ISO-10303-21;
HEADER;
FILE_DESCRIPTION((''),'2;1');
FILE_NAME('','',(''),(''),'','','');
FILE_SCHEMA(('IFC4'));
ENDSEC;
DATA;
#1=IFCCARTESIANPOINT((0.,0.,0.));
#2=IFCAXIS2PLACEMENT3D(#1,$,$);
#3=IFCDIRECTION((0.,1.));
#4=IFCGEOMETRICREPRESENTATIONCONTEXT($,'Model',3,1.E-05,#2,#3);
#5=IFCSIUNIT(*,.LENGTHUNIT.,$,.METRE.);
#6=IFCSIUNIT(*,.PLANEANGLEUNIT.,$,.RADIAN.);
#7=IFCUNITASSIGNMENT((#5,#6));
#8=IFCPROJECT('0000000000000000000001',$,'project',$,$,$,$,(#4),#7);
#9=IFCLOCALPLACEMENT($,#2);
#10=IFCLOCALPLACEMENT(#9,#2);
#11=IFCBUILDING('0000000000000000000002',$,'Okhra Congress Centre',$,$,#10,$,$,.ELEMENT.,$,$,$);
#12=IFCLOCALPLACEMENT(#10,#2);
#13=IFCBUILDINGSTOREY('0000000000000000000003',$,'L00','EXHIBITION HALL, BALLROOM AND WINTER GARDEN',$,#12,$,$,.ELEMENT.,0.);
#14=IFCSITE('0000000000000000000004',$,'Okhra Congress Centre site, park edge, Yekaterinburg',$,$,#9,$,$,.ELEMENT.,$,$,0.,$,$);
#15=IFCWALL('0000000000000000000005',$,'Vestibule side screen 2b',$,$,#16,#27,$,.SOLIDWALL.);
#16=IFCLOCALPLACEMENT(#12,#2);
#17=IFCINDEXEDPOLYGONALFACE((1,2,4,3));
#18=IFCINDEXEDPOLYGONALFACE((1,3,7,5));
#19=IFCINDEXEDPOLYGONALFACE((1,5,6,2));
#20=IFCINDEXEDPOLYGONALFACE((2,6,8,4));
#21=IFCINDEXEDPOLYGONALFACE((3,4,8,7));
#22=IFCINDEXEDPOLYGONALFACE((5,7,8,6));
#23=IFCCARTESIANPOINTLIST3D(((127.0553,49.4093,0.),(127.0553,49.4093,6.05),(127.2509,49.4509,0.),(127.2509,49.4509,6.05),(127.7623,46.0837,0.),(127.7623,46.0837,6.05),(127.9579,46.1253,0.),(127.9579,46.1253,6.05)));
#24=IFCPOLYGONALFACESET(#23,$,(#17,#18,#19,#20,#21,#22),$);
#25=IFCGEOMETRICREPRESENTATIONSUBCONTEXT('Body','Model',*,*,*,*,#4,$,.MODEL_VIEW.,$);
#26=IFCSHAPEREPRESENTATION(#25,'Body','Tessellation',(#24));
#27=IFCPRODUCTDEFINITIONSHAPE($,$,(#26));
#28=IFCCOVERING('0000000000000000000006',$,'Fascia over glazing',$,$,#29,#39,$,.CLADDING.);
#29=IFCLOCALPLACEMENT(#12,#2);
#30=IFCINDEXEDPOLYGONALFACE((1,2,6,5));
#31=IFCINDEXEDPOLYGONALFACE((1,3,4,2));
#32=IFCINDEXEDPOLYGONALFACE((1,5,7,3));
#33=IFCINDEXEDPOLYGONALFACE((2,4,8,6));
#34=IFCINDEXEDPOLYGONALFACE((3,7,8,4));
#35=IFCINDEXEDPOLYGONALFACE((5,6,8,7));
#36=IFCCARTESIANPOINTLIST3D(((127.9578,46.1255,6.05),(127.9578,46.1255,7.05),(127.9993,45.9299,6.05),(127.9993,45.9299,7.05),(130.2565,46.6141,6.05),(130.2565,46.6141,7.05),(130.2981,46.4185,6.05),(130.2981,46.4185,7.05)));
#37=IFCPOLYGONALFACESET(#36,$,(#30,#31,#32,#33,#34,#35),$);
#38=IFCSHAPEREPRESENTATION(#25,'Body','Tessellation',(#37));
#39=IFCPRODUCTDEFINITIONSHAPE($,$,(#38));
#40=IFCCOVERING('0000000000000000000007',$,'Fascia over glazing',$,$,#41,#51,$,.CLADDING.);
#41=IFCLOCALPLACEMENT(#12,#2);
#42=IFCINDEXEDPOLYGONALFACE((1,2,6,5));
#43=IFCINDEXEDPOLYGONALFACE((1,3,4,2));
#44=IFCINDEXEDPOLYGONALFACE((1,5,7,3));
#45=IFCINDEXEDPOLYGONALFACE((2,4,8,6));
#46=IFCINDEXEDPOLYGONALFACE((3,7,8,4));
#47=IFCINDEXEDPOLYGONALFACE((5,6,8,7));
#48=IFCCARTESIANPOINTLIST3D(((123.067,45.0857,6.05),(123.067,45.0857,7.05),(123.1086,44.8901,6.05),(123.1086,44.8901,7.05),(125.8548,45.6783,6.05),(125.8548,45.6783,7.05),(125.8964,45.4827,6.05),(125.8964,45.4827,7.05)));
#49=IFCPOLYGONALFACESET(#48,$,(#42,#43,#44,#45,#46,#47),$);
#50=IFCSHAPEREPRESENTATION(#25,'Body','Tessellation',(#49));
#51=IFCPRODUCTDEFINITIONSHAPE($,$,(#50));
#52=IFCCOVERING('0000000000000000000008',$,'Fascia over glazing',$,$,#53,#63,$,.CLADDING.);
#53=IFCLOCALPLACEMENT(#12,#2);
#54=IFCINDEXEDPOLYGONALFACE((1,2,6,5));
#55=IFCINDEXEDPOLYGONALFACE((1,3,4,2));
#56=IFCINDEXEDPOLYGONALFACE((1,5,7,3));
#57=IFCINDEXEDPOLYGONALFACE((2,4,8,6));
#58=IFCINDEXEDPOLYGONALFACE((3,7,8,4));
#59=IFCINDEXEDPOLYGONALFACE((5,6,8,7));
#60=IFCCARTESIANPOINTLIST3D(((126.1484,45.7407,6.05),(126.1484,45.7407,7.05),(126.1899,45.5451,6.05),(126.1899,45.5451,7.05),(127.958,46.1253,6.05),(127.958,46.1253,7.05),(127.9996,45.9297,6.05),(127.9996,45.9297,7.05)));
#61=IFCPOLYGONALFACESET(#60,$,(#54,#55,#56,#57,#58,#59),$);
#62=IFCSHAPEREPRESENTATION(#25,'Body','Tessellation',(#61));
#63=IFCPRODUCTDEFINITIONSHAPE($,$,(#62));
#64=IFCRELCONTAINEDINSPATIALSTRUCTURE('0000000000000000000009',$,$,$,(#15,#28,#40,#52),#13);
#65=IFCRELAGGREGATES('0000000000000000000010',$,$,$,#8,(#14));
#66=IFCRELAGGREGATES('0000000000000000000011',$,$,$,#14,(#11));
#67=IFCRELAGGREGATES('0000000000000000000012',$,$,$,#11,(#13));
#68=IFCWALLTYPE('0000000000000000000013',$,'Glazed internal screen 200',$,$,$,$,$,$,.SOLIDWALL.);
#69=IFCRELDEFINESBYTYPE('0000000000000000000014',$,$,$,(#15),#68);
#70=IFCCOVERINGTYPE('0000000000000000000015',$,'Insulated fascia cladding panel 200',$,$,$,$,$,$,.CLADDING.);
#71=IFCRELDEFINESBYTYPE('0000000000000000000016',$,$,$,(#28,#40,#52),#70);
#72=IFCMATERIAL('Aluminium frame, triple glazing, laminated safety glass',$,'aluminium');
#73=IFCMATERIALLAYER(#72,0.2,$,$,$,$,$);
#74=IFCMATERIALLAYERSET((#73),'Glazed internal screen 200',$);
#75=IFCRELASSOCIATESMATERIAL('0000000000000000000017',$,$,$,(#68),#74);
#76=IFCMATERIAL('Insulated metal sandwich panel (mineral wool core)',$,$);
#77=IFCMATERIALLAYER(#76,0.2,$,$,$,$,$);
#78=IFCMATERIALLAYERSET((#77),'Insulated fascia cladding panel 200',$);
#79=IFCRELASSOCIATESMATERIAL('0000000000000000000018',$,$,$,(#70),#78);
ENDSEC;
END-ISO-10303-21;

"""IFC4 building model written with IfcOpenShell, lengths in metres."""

from ifc_helpers import new_model, si_unit, direction, frame, frame_2d, origin, origin_2d, place, context, subcontext, project, spatial, rectangle, extrude, material, layer, layer_set, type_object, element, save


model = new_model("IFC4")

# Units and contexts
model_context = context("Model", 3, precision=1e-05, world=origin(), true_north=direction((0.0, 1.0)))
body_context = subcontext(model_context, "Body", "Model", "MODEL_VIEW")
ifc_project = project(units=[si_unit("LENGTHUNIT", "METRE"), si_unit("PLANEANGLEUNIT", "RADIAN")], contexts=[model_context])

# Site, building, storey
site_placement = place(None, origin())
site = spatial("IfcSite", under=ifc_project, at=site_placement, Name="Okhra Congress Centre site, park edge, Yekaterinburg", CompositionType="ELEMENT", RefElevation=0.0)
building_placement = place(site_placement, origin())
building = spatial("IfcBuilding", under=site, at=building_placement, Name="Okhra Congress Centre", CompositionType="ELEMENT")
storey_placement = place(building_placement, origin())
storey = spatial("IfcBuildingStorey", under=building, at=storey_placement, Name="L00", Description="EXHIBITION HALL, BALLROOM AND WINTER GARDEN", CompositionType="ELEMENT", Elevation=0.0)

# Wall
ifc_material_1 = material(Name="Aluminium frame, triple glazing, laminated safety glass", Category="aluminium")
ifc_layer_1 = layer(ifc_material_1, 0.2)
ifc_layer_set_1 = layer_set([ifc_layer_1], Name="Glazed internal screen 200")
wall_type = type_object("IfcWallType", Name="Glazed internal screen 200", PredefinedType="SOLIDWALL", material=ifc_layer_set_1)
wall_placement = place(storey_placement, frame((127.8601, 46.1045, 0.0), z_axis=(0.0, 0.0, 1.0), x_axis=(-0.20795, 0.97814, 0.0)))
element("IfcWall", 1, at=wall_placement, inside=storey, type_object=wall_type, Name="Vestibule side screen 2b", PredefinedType="SOLIDWALL", context=body_context, shape_type="SweptSolid", body=[
    extrude(rectangle(XDim=3.3999, YDim=0.2, at=frame_2d((1.7, 0.0))), origin(), (0.0, 0.0, 1.0), 6.05),
])

# Coverings
ifc_material_2 = material(Name="Insulated metal sandwich panel (mineral wool core)")
ifc_layer_2 = layer(ifc_material_2, 0.2)
ifc_layer_set_2 = layer_set([ifc_layer_2], Name="Insulated fascia cladding panel 200")
covering_type = type_object("IfcCoveringType", Name="Insulated fascia cladding panel 200", PredefinedType="CLADDING", material=ifc_layer_set_2)
covering_1_placement = place(storey_placement, frame((129.1279, 46.272, 6.05), z_axis=(0.0, 0.0, 1.0), x_axis=(0.978148, 0.207912, 0.0)))
element("IfcCovering", 2, at=covering_1_placement, inside=storey, type_object=covering_type, Name="Fascia over glazing", PredefinedType="CLADDING", context=body_context, shape_type="SweptSolid", body=[
    extrude(rectangle(XDim=2.3501, YDim=0.2, at=origin_2d()), origin(), (0.0, 0.0, 1.0), 1.0),
])
covering_2_placement = place(storey_placement, frame((124.4817, 45.2842, 6.05), z_axis=(0.0, 0.0, 1.0), x_axis=(0.978148, 0.207912, 0.0)))
element("IfcCovering", 3, at=covering_2_placement, inside=storey, type_object=covering_type, Name="Fascia over glazing", PredefinedType="CLADDING", context=body_context, shape_type="SweptSolid", body=[
    extrude(rectangle(XDim=2.8501, YDim=0.2, at=origin_2d()), origin(), (0.0, 0.0, 1.0), 1.0),
])
covering_3_placement = place(storey_placement, frame((127.074, 45.8352, 6.05), z_axis=(0.0, 0.0, 1.0), x_axis=(0.978148, 0.207912, 0.0)))
element("IfcCovering", 4, at=covering_3_placement, inside=storey, type_object=covering_type, Name="Fascia over glazing", PredefinedType="CLADDING", context=body_context, shape_type="SweptSolid", body=[
    extrude(rectangle(XDim=1.8501, YDim=0.2, at=origin_2d()), origin(), (0.0, 0.0, 1.0), 1.0),
])

save(model, "model.ifc")
